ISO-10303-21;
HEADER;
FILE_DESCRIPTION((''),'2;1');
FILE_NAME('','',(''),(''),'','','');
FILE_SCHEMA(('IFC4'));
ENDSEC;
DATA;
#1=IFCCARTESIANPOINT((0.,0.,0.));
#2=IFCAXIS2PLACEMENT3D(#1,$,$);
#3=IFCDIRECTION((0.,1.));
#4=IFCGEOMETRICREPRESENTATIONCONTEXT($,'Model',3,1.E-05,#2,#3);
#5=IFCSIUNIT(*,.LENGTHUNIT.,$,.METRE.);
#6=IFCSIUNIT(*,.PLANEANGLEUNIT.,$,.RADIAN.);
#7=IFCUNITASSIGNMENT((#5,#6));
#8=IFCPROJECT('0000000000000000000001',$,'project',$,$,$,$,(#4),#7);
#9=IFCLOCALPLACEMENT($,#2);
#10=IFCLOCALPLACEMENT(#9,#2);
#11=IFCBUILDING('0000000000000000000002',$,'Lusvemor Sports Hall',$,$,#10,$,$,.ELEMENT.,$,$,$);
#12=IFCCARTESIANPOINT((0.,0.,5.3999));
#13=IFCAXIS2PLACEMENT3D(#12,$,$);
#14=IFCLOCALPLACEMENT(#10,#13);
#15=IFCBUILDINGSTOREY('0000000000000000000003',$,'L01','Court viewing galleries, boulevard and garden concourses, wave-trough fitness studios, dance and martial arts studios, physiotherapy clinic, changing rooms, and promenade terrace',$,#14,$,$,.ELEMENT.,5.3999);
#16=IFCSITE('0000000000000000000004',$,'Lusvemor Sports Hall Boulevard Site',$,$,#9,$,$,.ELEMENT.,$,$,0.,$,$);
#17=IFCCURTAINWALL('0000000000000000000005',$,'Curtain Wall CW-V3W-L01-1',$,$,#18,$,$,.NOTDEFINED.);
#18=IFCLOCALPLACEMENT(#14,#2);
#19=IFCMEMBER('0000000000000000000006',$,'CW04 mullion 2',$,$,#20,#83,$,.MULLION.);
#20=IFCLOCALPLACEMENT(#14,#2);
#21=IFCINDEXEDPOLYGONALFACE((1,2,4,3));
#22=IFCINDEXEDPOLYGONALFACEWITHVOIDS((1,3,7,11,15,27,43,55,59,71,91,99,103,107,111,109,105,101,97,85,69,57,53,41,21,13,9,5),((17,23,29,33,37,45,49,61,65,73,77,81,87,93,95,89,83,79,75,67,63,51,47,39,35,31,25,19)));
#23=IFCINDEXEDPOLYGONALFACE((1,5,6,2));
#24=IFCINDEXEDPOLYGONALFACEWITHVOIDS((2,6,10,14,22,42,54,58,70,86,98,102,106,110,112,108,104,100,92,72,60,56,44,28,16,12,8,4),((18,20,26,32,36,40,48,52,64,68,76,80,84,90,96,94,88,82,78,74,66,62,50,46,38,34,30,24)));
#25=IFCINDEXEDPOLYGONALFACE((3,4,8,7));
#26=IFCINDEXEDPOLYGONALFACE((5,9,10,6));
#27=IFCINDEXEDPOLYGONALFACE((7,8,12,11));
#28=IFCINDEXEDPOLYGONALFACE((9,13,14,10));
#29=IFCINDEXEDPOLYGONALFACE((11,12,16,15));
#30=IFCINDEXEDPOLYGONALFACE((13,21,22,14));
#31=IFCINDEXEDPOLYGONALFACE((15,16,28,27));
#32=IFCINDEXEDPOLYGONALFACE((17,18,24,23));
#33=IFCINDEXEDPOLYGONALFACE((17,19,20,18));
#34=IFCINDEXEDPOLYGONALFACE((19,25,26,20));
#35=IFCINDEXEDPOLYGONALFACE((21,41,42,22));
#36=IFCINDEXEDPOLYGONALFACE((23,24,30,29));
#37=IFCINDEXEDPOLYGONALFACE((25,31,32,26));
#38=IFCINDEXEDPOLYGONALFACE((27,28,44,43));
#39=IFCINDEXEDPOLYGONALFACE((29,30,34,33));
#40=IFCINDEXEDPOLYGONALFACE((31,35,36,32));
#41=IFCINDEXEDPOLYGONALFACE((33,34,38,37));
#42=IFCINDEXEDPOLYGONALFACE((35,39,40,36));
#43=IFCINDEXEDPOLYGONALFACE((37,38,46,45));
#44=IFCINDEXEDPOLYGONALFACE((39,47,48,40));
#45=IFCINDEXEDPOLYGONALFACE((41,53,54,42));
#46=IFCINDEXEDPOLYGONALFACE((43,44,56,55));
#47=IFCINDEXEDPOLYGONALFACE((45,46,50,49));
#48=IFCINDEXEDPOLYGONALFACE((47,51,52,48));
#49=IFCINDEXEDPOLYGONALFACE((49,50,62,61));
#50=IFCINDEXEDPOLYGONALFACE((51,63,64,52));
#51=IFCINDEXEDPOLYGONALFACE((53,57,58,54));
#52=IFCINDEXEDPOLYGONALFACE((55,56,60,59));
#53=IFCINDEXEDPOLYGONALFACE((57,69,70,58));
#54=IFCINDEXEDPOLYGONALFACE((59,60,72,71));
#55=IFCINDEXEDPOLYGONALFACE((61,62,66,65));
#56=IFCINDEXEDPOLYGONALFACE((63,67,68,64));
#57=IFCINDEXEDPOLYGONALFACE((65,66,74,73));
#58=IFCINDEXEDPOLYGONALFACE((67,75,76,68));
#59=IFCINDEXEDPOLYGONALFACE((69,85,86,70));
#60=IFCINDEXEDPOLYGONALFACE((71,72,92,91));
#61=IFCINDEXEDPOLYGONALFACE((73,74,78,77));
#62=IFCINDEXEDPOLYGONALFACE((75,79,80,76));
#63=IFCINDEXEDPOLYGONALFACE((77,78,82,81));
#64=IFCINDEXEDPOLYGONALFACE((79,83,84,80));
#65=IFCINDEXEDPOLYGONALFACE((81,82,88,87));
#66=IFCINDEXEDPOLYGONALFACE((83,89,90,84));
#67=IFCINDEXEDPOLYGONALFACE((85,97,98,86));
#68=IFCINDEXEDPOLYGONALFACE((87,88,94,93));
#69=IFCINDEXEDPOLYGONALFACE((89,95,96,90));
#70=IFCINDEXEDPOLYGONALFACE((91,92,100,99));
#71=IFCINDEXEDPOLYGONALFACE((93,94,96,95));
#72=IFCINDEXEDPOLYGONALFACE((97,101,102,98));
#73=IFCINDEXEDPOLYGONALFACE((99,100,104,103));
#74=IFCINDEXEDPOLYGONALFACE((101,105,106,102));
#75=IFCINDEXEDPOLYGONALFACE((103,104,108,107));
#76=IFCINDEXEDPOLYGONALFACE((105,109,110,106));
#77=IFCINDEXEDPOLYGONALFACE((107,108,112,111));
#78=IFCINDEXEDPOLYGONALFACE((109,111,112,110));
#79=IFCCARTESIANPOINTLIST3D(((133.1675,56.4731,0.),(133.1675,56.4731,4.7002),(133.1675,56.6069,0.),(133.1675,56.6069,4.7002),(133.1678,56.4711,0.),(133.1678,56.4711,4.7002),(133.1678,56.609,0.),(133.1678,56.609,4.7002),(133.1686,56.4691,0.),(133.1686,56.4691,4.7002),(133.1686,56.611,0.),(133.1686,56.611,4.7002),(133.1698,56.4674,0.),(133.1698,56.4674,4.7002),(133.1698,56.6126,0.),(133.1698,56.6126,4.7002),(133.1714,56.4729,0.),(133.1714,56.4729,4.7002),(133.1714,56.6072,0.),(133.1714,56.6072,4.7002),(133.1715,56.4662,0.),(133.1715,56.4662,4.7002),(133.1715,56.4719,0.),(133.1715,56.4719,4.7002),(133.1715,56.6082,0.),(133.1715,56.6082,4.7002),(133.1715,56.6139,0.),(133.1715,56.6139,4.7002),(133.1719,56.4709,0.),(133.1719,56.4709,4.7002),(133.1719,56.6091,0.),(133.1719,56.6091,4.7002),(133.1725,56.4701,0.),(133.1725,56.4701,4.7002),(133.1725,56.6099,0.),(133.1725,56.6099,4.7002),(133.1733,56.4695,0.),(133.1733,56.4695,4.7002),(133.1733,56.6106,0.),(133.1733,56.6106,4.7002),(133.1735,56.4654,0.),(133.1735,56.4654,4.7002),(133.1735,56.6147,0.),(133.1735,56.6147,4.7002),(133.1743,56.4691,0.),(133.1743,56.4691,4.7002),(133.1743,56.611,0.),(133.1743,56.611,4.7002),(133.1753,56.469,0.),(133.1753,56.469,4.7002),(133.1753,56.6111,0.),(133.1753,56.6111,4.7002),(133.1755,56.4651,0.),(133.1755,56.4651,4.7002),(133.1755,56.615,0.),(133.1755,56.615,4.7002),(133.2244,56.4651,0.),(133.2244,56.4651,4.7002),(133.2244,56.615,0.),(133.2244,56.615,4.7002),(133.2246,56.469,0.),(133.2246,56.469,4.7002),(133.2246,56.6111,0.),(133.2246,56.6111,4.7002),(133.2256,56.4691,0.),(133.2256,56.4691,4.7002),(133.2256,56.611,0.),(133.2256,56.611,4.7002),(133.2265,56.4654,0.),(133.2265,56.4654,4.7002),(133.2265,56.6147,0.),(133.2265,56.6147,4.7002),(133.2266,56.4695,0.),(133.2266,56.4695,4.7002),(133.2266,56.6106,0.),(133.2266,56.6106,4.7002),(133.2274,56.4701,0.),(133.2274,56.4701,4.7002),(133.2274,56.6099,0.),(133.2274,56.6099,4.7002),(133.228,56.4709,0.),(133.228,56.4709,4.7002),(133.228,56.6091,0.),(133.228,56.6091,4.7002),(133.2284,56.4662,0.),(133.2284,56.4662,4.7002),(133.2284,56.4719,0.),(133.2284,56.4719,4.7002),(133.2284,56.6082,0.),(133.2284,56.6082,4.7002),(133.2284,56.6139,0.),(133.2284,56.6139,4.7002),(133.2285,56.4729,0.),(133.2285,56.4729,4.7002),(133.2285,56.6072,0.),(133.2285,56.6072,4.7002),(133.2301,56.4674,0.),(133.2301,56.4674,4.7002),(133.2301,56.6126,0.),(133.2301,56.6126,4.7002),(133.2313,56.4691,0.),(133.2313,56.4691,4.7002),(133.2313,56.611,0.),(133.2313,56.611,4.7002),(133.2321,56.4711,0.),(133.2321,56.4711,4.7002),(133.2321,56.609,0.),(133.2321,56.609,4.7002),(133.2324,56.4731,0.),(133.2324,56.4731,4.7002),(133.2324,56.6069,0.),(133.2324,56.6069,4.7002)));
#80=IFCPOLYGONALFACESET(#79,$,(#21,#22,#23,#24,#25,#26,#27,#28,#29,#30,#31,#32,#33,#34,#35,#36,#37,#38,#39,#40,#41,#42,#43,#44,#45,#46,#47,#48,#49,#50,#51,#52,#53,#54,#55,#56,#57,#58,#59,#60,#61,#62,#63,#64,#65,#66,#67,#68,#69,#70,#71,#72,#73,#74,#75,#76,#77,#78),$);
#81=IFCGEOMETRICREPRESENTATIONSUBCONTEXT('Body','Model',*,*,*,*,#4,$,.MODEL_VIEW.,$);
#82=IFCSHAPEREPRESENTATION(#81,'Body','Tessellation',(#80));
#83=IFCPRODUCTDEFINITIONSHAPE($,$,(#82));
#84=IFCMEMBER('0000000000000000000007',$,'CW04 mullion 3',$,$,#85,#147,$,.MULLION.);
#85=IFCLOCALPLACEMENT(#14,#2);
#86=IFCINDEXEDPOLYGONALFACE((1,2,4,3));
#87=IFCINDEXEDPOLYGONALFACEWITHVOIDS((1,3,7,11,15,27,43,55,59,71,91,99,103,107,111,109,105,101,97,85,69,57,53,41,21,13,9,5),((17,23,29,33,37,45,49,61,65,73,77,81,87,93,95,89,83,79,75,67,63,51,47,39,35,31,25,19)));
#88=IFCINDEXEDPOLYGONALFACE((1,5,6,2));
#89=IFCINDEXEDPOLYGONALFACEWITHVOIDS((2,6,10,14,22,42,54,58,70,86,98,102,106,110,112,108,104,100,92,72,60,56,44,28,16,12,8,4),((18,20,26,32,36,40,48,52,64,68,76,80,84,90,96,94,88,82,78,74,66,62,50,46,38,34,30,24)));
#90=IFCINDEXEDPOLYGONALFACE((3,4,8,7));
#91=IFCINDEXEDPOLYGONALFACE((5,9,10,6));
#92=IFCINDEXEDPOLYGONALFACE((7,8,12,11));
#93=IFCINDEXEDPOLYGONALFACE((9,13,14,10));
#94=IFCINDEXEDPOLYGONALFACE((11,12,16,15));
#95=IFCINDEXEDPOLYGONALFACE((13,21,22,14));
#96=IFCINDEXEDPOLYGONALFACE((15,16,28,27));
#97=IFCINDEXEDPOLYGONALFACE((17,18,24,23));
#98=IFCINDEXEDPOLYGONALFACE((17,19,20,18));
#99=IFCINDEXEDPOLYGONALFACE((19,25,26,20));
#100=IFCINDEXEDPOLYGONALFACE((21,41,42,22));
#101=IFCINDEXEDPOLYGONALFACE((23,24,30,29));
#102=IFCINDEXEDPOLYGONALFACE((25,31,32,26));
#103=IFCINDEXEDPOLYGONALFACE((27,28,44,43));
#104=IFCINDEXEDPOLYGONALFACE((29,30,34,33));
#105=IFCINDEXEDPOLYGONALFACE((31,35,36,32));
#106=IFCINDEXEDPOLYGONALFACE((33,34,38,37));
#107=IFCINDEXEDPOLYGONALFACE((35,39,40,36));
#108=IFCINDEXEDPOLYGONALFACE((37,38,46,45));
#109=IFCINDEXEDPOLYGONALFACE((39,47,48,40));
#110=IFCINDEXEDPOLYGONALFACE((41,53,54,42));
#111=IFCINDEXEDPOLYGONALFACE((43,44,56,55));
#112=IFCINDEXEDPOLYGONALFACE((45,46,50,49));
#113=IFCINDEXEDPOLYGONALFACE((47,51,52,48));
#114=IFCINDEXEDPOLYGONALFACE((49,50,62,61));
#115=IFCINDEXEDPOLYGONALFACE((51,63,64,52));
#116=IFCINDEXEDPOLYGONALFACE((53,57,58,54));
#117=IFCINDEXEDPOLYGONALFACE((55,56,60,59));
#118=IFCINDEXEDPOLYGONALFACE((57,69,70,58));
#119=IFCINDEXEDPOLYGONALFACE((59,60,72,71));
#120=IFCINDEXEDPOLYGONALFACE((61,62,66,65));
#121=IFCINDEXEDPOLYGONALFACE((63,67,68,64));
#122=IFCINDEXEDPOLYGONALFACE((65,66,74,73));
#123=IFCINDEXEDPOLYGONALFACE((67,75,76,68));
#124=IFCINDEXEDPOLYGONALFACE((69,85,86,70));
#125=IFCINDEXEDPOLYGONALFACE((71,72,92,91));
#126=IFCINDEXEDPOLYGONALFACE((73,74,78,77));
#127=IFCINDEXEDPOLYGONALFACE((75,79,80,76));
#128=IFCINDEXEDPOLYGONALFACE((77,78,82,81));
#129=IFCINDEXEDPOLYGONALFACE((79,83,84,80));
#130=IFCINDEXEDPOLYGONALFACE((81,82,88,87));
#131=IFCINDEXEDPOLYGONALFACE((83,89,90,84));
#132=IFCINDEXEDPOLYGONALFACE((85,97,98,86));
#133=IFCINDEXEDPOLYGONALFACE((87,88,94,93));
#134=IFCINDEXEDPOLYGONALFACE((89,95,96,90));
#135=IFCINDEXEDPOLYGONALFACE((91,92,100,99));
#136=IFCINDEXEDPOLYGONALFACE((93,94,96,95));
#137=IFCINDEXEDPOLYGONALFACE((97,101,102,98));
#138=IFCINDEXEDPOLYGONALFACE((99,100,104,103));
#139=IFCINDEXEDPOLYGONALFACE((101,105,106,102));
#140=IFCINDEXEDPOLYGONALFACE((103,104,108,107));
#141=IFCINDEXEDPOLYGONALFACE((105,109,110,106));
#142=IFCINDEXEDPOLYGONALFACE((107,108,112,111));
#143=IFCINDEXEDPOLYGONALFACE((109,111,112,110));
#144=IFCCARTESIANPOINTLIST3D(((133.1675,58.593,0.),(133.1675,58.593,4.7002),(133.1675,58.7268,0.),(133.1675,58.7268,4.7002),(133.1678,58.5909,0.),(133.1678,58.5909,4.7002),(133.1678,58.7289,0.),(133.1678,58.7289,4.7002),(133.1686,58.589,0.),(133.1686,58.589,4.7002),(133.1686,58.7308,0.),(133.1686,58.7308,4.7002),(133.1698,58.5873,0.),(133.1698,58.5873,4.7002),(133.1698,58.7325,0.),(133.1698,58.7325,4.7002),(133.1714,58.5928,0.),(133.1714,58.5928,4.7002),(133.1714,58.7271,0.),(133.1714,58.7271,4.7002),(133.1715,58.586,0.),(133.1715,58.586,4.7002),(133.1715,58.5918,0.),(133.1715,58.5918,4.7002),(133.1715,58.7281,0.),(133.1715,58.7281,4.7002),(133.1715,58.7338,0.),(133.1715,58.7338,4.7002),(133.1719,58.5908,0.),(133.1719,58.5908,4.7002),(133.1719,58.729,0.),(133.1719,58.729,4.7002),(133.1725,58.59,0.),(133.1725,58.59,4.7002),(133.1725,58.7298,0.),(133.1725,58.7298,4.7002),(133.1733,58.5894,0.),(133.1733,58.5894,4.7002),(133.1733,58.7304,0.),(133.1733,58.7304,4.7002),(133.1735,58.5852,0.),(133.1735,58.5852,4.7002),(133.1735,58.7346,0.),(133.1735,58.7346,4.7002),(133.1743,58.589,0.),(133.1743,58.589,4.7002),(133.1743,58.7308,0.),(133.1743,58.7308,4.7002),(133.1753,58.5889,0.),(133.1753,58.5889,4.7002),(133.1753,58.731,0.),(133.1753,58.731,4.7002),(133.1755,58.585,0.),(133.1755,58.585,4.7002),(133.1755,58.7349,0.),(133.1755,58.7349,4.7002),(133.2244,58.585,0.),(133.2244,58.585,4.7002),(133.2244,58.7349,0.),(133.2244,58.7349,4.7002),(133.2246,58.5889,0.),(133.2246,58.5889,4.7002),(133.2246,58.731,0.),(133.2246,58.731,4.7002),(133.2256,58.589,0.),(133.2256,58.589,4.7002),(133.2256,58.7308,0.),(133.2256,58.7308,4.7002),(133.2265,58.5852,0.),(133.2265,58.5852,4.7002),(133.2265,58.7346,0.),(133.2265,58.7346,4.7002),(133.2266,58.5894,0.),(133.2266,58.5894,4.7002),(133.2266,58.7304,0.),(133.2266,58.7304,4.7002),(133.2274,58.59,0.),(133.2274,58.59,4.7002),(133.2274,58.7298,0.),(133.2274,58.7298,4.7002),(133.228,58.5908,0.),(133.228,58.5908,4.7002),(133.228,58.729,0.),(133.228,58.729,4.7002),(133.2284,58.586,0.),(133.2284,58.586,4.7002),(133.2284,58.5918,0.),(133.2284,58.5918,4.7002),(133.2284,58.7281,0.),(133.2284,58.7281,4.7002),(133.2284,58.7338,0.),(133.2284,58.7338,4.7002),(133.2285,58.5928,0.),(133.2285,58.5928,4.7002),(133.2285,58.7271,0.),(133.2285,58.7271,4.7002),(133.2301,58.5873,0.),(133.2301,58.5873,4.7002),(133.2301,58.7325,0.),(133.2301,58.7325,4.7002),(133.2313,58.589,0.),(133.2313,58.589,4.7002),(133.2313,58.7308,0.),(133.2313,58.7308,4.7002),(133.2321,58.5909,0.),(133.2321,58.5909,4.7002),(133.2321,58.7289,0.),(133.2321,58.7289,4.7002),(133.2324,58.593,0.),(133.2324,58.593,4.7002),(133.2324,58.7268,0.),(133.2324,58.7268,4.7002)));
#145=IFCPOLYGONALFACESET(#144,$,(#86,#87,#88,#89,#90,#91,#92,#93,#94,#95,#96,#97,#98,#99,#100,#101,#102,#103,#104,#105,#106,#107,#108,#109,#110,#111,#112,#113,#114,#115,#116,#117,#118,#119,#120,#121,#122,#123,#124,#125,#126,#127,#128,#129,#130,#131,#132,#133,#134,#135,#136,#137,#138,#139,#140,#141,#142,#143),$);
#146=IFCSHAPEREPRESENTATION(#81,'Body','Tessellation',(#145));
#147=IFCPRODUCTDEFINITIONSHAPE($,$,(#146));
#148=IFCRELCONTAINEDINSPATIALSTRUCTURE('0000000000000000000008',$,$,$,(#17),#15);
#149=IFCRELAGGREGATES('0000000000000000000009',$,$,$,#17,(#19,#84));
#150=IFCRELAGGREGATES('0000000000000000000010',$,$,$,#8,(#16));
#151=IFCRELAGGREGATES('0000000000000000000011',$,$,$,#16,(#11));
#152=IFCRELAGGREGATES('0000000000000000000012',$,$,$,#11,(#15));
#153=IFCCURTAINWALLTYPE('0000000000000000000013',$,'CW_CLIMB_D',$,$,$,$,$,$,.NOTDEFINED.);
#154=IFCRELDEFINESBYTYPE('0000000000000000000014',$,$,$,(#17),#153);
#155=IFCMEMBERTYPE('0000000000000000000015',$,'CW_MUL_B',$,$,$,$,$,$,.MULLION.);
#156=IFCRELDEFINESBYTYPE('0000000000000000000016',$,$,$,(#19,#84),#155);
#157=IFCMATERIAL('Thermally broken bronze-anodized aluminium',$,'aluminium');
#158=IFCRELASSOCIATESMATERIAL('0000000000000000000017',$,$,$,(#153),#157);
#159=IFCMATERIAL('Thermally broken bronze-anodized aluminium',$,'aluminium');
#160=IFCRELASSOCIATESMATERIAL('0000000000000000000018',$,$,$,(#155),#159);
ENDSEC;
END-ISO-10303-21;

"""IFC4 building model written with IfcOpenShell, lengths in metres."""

from ifc_helpers import new_model, si_unit, direction, frame, origin, origin_2d, place, context, subcontext, project, spatial, hollow_rectangle, extrude, material, material_profile, profile_set, type_object, element, aggregate, save


model = new_model("IFC4")

# Units and contexts
model_context = context("Model", 3, precision=1e-05, world=origin(), true_north=direction((0.0, 1.0)))
body_context = subcontext(model_context, "Body", "Model", "MODEL_VIEW")
ifc_project = project(units=[si_unit("LENGTHUNIT", "METRE"), si_unit("PLANEANGLEUNIT", "RADIAN")], contexts=[model_context])

# Site, building, storey
site_placement = place(None, origin())
site = spatial("IfcSite", under=ifc_project, at=site_placement, Name="Lusvemor Sports Hall Boulevard Site", CompositionType="ELEMENT", RefElevation=0.0)
building_placement = place(site_placement, origin())
building = spatial("IfcBuilding", under=site, at=building_placement, Name="Lusvemor Sports Hall", CompositionType="ELEMENT")
storey_placement = place(building_placement, frame((0.0, 0.0, 5.3999)))
storey = spatial("IfcBuildingStorey", under=building, at=storey_placement, Name="L01", Description="Court viewing galleries, boulevard and garden concourses, wave-trough fitness studios, dance and martial arts studios, physiotherapy clinic, changing rooms, and promenade terrace", CompositionType="ELEMENT", Elevation=5.3999)

# Shared definitions
ifc_material_1 = material(Name="Thermally broken bronze-anodized aluminium", Category="aluminium")
curtain_wall_type = type_object("IfcCurtainWallType", Name="CW_CLIMB_D", PredefinedType="NOTDEFINED", material=ifc_material_1)
ifc_material_2 = material(Name="Thermally broken bronze-anodized aluminium", Category="aluminium")
ifc_material_profile_1 = material_profile(ifc_material_2, hollow_rectangle(XDim=0.0649, YDim=0.1499, WallThickness=0.0039, InnerFilletRadius=0.0039, OuterFilletRadius=0.0081, at=origin_2d()), Name="CWMUL150x65x4")
ifc_profile_set_1 = profile_set([ifc_material_profile_1], Name="Thermally broken bronze-anodized aluminium")
member_type_1 = type_object("IfcMemberType", Name="CW_MUL_B", PredefinedType="MULLION", material=ifc_profile_set_1)

# Curtain wall, members
curtain_wall_1_placement = place(storey_placement, origin())
curtain_wall_1 = element("IfcCurtainWall", 1, at=curtain_wall_1_placement, inside=storey, type_object=curtain_wall_type, Name="Curtain Wall CW-V3W-L01-1", PredefinedType="NOTDEFINED")
member_1_placement = place(storey_placement, frame((133.2, 56.54, 0.0), z_axis=(0.0, 0.0, 1.0), x_axis=(-1.0, 0.0, 0.0)))
member_1 = element("IfcMember", 2, at=member_1_placement, type_object=member_type_1, Name="CW04 mullion 2", PredefinedType="MULLION", context=body_context, shape_type="SweptSolid", body=[
    extrude(hollow_rectangle(XDim=0.0649, YDim=0.1499, WallThickness=0.0039, InnerFilletRadius=0.0039, OuterFilletRadius=0.0081, at=origin_2d()), origin(), (0.0, 0.0, 1.0), 4.7002),
])
member_2_placement = place(storey_placement, frame((133.2, 58.6599, 0.0), z_axis=(0.0, 0.0, 1.0), x_axis=(-1.0, 0.0, 0.0)))
member_2 = element("IfcMember", 3, at=member_2_placement, type_object=member_type_1, Name="CW04 mullion 3", PredefinedType="MULLION", context=body_context, shape_type="SweptSolid", body=[
    extrude(hollow_rectangle(XDim=0.0649, YDim=0.1499, WallThickness=0.0039, InnerFilletRadius=0.0039, OuterFilletRadius=0.0081, at=origin_2d()), origin(), (0.0, 0.0, 1.0), 4.7002),
])

aggregate(curtain_wall_1, [member_1, member_2])

save(model, "model.ifc")
